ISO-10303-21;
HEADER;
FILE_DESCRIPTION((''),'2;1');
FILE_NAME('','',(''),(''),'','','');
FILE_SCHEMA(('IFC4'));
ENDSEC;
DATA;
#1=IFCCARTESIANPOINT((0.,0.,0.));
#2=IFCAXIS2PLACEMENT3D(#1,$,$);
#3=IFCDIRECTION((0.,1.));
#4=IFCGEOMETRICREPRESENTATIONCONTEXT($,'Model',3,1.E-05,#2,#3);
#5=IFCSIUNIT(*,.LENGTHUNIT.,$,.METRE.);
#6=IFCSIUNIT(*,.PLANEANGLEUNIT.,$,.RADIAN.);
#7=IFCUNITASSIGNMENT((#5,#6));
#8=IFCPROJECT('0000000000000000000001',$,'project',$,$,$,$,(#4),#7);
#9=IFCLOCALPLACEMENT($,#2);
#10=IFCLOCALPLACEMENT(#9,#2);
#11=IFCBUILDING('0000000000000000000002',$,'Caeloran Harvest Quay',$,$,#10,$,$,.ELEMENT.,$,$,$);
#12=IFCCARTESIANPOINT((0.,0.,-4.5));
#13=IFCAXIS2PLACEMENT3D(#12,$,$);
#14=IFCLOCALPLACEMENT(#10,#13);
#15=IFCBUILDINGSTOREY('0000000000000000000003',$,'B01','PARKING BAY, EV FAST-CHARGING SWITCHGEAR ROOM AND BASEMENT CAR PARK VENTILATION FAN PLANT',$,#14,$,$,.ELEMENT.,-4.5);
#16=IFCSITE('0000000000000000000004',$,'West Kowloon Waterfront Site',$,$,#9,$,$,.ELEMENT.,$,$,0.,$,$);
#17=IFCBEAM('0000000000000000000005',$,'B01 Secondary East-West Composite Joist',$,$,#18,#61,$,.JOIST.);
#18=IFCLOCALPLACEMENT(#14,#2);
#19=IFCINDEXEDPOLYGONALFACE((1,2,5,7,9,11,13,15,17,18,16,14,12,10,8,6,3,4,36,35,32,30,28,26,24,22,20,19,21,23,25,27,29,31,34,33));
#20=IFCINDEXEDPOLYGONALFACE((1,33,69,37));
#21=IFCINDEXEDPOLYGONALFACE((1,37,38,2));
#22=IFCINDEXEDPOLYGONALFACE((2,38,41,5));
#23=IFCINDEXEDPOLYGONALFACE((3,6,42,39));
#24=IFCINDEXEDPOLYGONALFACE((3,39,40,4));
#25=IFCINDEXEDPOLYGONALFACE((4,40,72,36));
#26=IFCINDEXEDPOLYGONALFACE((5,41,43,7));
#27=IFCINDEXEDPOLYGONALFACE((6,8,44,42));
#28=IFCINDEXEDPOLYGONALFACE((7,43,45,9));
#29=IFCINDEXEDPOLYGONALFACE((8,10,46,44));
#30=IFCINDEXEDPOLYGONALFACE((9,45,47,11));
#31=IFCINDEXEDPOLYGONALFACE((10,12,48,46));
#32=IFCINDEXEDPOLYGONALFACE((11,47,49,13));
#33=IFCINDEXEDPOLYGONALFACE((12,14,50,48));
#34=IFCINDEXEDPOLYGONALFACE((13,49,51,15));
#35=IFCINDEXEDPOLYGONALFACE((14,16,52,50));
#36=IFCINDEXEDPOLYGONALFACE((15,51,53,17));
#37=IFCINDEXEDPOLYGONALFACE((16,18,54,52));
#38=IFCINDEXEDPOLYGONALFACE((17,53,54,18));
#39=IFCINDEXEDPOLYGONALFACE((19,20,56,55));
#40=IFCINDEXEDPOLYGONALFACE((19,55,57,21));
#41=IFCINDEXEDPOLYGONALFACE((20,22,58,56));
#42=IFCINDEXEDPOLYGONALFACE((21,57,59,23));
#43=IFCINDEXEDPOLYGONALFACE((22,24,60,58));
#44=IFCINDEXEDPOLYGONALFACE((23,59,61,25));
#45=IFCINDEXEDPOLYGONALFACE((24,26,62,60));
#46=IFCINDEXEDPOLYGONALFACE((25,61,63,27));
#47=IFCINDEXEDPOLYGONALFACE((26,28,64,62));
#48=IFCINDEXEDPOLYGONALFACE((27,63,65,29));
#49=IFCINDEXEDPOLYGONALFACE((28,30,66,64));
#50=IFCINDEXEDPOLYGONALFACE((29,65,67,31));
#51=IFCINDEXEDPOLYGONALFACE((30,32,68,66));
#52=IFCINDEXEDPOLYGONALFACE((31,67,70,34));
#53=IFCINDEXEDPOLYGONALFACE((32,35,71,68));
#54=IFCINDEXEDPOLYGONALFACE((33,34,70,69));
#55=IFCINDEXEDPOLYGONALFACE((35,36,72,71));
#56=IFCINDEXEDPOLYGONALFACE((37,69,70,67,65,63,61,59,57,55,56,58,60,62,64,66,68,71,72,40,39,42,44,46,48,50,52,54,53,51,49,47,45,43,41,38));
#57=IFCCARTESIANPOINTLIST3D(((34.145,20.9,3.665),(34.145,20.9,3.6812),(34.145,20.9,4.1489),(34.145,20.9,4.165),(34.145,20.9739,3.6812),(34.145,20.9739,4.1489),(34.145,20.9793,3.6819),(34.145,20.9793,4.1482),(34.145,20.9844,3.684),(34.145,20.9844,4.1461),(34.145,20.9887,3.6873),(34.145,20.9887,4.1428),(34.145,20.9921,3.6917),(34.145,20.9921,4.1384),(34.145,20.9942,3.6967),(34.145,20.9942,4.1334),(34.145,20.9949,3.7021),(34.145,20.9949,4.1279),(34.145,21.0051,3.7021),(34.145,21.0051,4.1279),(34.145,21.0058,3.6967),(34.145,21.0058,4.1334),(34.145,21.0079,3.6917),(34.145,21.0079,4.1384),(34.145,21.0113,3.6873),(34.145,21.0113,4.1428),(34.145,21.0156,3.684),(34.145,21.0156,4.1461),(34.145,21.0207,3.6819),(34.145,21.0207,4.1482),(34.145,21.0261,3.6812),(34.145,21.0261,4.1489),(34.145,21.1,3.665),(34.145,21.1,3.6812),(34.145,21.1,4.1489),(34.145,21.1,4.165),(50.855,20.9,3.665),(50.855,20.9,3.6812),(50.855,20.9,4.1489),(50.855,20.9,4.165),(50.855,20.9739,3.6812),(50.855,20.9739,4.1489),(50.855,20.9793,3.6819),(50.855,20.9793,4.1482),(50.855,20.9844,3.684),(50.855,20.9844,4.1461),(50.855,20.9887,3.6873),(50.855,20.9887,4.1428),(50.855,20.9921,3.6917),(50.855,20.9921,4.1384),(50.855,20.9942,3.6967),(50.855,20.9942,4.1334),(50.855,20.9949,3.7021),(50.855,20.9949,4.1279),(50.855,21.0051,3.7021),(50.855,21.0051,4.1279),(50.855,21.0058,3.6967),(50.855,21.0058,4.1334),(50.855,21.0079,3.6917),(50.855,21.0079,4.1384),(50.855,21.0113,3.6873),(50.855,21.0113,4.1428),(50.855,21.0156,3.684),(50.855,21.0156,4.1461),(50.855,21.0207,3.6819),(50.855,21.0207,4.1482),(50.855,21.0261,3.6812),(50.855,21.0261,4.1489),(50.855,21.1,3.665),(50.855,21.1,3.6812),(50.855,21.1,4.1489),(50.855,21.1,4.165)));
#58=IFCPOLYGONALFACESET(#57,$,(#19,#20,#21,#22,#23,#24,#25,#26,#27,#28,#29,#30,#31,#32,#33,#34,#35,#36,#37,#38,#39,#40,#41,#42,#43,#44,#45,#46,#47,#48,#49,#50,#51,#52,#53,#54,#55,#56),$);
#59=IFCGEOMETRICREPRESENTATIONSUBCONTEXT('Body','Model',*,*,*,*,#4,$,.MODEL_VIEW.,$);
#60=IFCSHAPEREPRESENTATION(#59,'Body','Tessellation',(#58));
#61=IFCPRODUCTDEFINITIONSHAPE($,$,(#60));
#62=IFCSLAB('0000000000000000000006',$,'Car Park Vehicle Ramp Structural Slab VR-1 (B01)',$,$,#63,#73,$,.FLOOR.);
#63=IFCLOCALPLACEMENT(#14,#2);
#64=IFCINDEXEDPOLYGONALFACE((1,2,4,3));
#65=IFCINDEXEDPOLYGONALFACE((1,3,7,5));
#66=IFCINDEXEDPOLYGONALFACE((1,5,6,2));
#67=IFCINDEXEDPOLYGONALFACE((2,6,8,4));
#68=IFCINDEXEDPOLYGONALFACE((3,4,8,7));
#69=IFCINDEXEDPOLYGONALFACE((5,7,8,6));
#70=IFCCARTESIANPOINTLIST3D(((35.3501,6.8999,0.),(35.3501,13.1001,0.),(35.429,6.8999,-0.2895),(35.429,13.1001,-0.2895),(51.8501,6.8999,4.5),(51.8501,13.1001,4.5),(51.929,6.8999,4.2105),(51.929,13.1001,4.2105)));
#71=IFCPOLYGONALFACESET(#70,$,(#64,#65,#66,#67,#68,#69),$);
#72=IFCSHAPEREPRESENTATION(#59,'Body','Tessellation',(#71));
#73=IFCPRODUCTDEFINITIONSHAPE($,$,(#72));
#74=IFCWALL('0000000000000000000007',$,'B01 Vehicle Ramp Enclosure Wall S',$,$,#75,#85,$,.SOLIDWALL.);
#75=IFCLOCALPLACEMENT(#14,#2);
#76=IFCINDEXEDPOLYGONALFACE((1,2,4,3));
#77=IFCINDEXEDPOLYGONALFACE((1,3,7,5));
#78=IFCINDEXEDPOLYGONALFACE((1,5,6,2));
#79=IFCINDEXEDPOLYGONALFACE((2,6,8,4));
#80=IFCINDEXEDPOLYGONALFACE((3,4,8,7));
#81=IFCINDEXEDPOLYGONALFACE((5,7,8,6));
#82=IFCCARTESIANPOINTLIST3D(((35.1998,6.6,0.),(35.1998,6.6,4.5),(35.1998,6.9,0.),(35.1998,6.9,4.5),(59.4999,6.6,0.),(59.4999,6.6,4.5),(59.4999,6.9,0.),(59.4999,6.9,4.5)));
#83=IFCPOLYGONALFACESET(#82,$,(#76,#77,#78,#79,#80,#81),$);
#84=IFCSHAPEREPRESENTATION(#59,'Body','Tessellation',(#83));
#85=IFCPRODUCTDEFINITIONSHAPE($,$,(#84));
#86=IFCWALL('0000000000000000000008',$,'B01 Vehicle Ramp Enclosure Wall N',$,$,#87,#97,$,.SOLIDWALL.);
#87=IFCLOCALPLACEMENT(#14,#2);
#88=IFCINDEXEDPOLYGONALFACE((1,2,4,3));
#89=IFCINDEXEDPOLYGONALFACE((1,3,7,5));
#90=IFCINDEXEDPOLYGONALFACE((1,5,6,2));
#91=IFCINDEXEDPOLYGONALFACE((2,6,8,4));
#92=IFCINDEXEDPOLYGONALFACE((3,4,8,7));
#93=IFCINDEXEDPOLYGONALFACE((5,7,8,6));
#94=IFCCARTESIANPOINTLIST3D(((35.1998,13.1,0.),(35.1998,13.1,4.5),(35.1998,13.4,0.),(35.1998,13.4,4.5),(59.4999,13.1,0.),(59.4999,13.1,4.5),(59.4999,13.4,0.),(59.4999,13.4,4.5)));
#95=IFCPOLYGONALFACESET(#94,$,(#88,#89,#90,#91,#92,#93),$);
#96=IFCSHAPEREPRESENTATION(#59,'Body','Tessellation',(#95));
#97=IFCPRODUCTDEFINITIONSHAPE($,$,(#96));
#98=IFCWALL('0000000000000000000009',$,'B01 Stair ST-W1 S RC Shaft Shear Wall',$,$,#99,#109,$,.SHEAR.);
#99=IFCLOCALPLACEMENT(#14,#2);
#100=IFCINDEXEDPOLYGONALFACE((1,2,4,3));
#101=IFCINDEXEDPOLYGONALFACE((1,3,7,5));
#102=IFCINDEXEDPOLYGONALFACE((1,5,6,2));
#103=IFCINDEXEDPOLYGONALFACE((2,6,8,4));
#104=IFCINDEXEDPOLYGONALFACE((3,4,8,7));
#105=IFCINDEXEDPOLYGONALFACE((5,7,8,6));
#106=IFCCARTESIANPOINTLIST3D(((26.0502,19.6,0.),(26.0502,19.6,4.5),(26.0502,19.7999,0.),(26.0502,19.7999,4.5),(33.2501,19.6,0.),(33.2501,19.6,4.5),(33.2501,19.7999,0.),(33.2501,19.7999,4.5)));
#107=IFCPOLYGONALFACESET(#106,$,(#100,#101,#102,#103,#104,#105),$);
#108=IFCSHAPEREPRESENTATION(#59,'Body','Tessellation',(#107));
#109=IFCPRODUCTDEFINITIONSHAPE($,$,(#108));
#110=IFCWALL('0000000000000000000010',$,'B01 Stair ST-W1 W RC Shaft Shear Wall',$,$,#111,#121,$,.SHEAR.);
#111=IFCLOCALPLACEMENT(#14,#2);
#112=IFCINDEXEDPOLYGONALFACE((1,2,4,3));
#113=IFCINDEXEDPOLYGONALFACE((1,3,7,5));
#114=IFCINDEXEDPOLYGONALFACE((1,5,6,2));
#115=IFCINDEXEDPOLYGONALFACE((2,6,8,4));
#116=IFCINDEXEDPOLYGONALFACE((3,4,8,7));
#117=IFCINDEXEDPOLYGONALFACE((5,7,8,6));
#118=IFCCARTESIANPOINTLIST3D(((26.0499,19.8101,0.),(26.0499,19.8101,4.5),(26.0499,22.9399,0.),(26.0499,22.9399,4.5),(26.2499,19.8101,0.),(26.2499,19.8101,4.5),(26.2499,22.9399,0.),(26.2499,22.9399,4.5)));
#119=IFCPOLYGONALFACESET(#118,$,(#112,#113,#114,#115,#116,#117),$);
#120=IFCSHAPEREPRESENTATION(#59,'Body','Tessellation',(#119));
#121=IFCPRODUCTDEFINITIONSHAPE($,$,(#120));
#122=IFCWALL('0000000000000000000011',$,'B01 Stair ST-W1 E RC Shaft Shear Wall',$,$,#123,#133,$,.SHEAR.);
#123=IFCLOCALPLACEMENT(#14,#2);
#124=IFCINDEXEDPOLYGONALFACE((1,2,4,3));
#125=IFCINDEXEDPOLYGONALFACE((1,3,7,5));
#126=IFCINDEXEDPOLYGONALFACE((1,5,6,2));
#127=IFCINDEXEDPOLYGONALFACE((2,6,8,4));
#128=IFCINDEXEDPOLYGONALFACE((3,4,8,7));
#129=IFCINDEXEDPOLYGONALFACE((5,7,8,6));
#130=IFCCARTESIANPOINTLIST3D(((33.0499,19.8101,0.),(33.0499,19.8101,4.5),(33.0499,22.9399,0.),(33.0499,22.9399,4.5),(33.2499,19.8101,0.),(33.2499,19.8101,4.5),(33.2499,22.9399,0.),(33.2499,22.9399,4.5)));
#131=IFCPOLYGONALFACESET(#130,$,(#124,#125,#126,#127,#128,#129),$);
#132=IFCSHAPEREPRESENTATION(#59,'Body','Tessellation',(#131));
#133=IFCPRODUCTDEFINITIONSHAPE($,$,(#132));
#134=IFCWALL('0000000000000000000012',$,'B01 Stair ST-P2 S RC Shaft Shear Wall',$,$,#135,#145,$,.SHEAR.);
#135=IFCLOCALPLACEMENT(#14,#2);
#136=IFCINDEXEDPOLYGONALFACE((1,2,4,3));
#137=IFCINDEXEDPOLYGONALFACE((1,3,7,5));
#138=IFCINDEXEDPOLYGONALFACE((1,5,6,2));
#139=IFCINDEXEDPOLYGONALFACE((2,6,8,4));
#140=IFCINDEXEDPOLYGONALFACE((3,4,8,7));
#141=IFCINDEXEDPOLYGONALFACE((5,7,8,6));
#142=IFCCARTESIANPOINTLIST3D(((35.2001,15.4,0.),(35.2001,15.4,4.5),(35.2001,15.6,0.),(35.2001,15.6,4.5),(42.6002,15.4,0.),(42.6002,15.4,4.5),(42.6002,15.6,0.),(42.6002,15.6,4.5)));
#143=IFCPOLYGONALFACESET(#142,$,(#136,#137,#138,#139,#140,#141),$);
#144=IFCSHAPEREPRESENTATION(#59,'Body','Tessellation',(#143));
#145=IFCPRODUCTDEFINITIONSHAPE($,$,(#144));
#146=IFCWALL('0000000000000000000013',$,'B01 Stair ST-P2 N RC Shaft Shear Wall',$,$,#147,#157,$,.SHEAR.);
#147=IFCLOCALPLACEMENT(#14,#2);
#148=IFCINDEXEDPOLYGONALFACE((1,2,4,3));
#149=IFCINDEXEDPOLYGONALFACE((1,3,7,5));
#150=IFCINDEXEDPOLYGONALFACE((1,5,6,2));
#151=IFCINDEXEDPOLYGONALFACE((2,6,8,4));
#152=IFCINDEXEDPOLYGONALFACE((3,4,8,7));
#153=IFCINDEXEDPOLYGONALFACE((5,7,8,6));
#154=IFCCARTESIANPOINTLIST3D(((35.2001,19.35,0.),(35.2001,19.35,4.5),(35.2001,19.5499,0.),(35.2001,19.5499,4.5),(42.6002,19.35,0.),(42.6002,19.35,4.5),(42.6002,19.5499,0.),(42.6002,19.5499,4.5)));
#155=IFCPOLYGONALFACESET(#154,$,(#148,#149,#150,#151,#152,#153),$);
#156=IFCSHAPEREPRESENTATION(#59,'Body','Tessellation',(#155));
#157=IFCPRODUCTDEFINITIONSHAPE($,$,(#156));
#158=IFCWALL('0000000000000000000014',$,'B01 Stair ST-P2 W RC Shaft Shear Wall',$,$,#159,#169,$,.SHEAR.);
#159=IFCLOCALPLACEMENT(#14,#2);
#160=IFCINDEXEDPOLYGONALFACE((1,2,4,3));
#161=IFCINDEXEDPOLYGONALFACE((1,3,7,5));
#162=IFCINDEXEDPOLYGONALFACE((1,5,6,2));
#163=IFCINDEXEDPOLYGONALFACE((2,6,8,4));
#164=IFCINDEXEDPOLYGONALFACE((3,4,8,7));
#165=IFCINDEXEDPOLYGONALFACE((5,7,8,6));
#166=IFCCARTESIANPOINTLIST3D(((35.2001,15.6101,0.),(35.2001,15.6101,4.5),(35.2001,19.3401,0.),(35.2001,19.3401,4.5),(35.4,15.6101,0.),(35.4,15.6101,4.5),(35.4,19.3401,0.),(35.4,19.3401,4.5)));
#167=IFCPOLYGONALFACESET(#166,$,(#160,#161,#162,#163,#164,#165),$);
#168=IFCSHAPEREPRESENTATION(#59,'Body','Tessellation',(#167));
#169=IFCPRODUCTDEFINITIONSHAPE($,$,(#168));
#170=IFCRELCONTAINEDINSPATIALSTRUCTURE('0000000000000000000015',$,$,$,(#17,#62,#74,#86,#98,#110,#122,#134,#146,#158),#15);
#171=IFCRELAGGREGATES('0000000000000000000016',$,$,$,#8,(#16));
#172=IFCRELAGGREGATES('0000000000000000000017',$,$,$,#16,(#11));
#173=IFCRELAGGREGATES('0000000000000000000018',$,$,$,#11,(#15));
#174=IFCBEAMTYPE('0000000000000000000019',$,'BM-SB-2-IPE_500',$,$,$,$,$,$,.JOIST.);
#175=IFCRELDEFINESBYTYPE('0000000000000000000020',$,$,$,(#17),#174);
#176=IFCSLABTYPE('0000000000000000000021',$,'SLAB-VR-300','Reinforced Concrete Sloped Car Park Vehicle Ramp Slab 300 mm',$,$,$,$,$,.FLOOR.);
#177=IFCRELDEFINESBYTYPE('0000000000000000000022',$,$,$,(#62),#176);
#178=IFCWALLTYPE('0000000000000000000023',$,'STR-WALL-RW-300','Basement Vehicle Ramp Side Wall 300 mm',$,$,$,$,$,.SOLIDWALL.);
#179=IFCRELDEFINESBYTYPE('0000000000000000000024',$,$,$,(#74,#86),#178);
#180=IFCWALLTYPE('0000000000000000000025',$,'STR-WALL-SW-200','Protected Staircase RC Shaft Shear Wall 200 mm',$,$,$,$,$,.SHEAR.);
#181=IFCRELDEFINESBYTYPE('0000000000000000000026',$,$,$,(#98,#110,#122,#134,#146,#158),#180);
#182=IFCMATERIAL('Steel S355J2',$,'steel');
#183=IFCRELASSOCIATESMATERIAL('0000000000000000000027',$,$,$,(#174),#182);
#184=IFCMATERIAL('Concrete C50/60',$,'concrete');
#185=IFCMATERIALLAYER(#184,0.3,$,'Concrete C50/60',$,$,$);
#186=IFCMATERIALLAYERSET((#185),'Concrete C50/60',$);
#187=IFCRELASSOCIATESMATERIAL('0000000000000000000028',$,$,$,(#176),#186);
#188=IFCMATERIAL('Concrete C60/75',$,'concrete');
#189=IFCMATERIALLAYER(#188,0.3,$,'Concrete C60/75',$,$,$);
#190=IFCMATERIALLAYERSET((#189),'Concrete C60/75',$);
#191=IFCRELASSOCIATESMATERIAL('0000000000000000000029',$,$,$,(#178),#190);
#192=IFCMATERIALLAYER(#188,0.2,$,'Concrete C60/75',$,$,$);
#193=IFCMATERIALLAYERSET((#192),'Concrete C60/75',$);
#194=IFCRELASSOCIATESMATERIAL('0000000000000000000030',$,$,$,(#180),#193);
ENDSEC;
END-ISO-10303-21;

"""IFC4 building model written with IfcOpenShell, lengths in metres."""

from ifc_helpers import new_model, si_unit, direction, frame, frame_2d, origin, origin_2d, place, context, subcontext, project, spatial, polyline, rectangle, i_section, outline, extrude, material, layer, layer_set, material_profile, profile_set, type_object, element, save


model = new_model("IFC4")

# Units and contexts
model_context = context("Model", 3, precision=1e-05, world=origin(), true_north=direction((0.0, 1.0)))
body_context = subcontext(model_context, "Body", "Model", "MODEL_VIEW")
ifc_project = project(units=[si_unit("LENGTHUNIT", "METRE"), si_unit("PLANEANGLEUNIT", "RADIAN")], contexts=[model_context])

# Site, building, storey
site_placement = place(None, origin())
site = spatial("IfcSite", under=ifc_project, at=site_placement, Name="West Kowloon Waterfront Site", CompositionType="ELEMENT", RefElevation=0.0)
building_placement = place(site_placement, origin())
building = spatial("IfcBuilding", under=site, at=building_placement, Name="Caeloran Harvest Quay", CompositionType="ELEMENT")
storey_placement = place(building_placement, frame((0.0, 0.0, -4.5)))
storey = spatial("IfcBuildingStorey", under=building, at=storey_placement, Name="B01", Description="PARKING BAY, EV FAST-CHARGING SWITCHGEAR ROOM AND BASEMENT CAR PARK VENTILATION FAN PLANT", CompositionType="ELEMENT", Elevation=-4.5)

# Shared definitions
ifc_material_1 = material(Name="Concrete C60/75", Category="concrete")

# Beam
ifc_material_2 = material(Name="Steel S355J2", Category="steel")
ifc_material_profile_1 = material_profile(ifc_material_2, i_section(OverallWidth=0.2, OverallDepth=0.5, WebThickness=0.0103, FlangeThickness=0.0161, FilletRadius=0.021, at=origin_2d()), Name="IPE 500")
ifc_profile_set_1 = profile_set([ifc_material_profile_1], Name="Steel S355J2")
beam_type_1 = type_object("IfcBeamType", Name="BM-SB-2-IPE_500", PredefinedType="JOIST", material=ifc_profile_set_1)
beam_1_placement = place(storey_placement, frame((34.145, 21.0, 3.915), z_axis=(1.0, 0.0, 0.0), x_axis=(0.0, 1.0, 0.0)))
element("IfcBeam", 1, at=beam_1_placement, inside=storey, type_object=beam_type_1, Name="B01 Secondary East-West Composite Joist", PredefinedType="JOIST", context=body_context, shape_type="SweptSolid", body=[
    extrude(i_section(OverallWidth=0.2, OverallDepth=0.5, WebThickness=0.0103, FlangeThickness=0.0161, FilletRadius=0.021, at=origin_2d()), origin(), (0.0, 0.0, 1.0), 16.71),
])

# Slab
ifc_material_3 = material(Name="Concrete C50/60", Category="concrete")
ifc_layer_1 = layer(ifc_material_3, 0.3, Name="Concrete C50/60")
ifc_layer_set_1 = layer_set([ifc_layer_1], Name="Concrete C50/60")
slab_type = type_object("IfcSlabType", Name="SLAB-VR-300", Description="Reinforced Concrete Sloped Car Park Vehicle Ramp Slab 300 mm", PredefinedType="FLOOR", material=ifc_layer_set_1)
slab_placement = place(storey_placement, frame((35.3501, 6.8999, 0.0), z_axis=(-0.263117, 0.0, 0.964764), x_axis=(0.964764, 0.0, 0.263117)))
element("IfcSlab", 2, at=slab_placement, inside=storey, type_object=slab_type, Name="Car Park Vehicle Ramp Structural Slab VR-1 (B01)", PredefinedType="FLOOR", context=body_context, shape_type="SweptSolid", body=[
    extrude(outline(polyline([(0.0, 0.0), (17.1026, 0.0), (17.1026, 6.2002), (0.0, 6.2002), (0.0, 0.0)])), origin(), (0.0, 0.0, -1.0), 0.3),
])

# Walls
ifc_layer_2 = layer(ifc_material_1, 0.3, Name="Concrete C60/75")
ifc_layer_set_2 = layer_set([ifc_layer_2], Name="Concrete C60/75")
wall_type_1 = type_object("IfcWallType", Name="STR-WALL-RW-300", Description="Basement Vehicle Ramp Side Wall 300 mm", PredefinedType="SOLIDWALL", material=ifc_layer_set_2)
for number, where, z_axis, x_axis, name in (
    (3, (35.2, 6.75, 0.0), (0.0, 0.0, 1.0), (1.0, 0.0, 0.0), "B01 Vehicle Ramp Enclosure Wall S"),
    (4, (35.2, 13.25, 0.0), (0.0, 0.0, 1.0), (1.0, 0.0, 0.0), "B01 Vehicle Ramp Enclosure Wall N"),
):
    element("IfcWall", number, at=place(storey_placement, frame(where, z_axis=z_axis, x_axis=x_axis)), inside=storey, type_object=wall_type_1, Name=name, PredefinedType="SOLIDWALL", context=body_context, shape_type="SweptSolid", body=[
        extrude(rectangle(XDim=24.3, YDim=0.3, at=frame_2d((12.1499, 0.0))), origin(), (0.0, 0.0, 1.0), 4.5),
    ])
ifc_layer_3 = layer(ifc_material_1, 0.2, Name="Concrete C60/75")
ifc_layer_set_3 = layer_set([ifc_layer_3], Name="Concrete C60/75")
wall_type_2 = type_object("IfcWallType", Name="STR-WALL-SW-200", Description="Protected Staircase RC Shaft Shear Wall 200 mm", PredefinedType="SHEAR", material=ifc_layer_set_3)
wall_1_placement = place(storey_placement, frame((26.05, 19.7, 0.0), z_axis=(0.0, 0.0, 1.0), x_axis=(1.0, 0.0, 0.0)))
element("IfcWall", 5, at=wall_1_placement, inside=storey, type_object=wall_type_2, Name="B01 Stair ST-W1 S RC Shaft Shear Wall", PredefinedType="SHEAR", context=body_context, shape_type="SweptSolid", body=[
    extrude(rectangle(XDim=7.2, YDim=0.2, at=frame_2d((3.6001, 0.0))), origin(), (0.0, 0.0, 1.0), 4.5),
])
for number, where, z_axis, x_axis, name in (
    (6, (26.1499, 19.8101, 0.0), (0.0, 0.0, 1.0), (0.0, 1.0, 0.0), "B01 Stair ST-W1 W RC Shaft Shear Wall"),
    (7, (33.1499, 19.8101, 0.0), (0.0, 0.0, 1.0), (0.0, 1.0, 0.0), "B01 Stair ST-W1 E RC Shaft Shear Wall"),
):
    element("IfcWall", number, at=place(storey_placement, frame(where, z_axis=z_axis, x_axis=x_axis)), inside=storey, type_object=wall_type_2, Name=name, PredefinedType="SHEAR", context=body_context, shape_type="SweptSolid", body=[
        extrude(rectangle(XDim=3.1299, YDim=0.2, at=frame_2d((1.5649, 0.0))), origin(), (0.0, 0.0, 1.0), 4.5),
    ])
for number, where, z_axis, x_axis, name in (
    (8, (35.2, 15.5, 0.0), (0.0, 0.0, 1.0), (1.0, 0.0, 0.0), "B01 Stair ST-P2 S RC Shaft Shear Wall"),
    (9, (35.2, 19.45, 0.0), (0.0, 0.0, 1.0), (1.0, 0.0, 0.0), "B01 Stair ST-P2 N RC Shaft Shear Wall"),
):
    element("IfcWall", number, at=place(storey_placement, frame(where, z_axis=z_axis, x_axis=x_axis)), inside=storey, type_object=wall_type_2, Name=name, PredefinedType="SHEAR", context=body_context, shape_type="SweptSolid", body=[
        extrude(rectangle(XDim=7.4001, YDim=0.2, at=frame_2d((3.7002, 0.0))), origin(), (0.0, 0.0, 1.0), 4.5),
    ])
wall_2_placement = place(storey_placement, frame((35.3, 15.6101, 0.0), z_axis=(0.0, 0.0, 1.0), x_axis=(0.0, 1.0, 0.0)))
element("IfcWall", 10, at=wall_2_placement, inside=storey, type_object=wall_type_2, Name="B01 Stair ST-P2 W RC Shaft Shear Wall", PredefinedType="SHEAR", context=body_context, shape_type="SweptSolid", body=[
    extrude(rectangle(XDim=3.73, YDim=0.2, at=frame_2d((1.865, 0.0))), origin(), (0.0, 0.0, 1.0), 4.5),
])

save(model, "model.ifc")
